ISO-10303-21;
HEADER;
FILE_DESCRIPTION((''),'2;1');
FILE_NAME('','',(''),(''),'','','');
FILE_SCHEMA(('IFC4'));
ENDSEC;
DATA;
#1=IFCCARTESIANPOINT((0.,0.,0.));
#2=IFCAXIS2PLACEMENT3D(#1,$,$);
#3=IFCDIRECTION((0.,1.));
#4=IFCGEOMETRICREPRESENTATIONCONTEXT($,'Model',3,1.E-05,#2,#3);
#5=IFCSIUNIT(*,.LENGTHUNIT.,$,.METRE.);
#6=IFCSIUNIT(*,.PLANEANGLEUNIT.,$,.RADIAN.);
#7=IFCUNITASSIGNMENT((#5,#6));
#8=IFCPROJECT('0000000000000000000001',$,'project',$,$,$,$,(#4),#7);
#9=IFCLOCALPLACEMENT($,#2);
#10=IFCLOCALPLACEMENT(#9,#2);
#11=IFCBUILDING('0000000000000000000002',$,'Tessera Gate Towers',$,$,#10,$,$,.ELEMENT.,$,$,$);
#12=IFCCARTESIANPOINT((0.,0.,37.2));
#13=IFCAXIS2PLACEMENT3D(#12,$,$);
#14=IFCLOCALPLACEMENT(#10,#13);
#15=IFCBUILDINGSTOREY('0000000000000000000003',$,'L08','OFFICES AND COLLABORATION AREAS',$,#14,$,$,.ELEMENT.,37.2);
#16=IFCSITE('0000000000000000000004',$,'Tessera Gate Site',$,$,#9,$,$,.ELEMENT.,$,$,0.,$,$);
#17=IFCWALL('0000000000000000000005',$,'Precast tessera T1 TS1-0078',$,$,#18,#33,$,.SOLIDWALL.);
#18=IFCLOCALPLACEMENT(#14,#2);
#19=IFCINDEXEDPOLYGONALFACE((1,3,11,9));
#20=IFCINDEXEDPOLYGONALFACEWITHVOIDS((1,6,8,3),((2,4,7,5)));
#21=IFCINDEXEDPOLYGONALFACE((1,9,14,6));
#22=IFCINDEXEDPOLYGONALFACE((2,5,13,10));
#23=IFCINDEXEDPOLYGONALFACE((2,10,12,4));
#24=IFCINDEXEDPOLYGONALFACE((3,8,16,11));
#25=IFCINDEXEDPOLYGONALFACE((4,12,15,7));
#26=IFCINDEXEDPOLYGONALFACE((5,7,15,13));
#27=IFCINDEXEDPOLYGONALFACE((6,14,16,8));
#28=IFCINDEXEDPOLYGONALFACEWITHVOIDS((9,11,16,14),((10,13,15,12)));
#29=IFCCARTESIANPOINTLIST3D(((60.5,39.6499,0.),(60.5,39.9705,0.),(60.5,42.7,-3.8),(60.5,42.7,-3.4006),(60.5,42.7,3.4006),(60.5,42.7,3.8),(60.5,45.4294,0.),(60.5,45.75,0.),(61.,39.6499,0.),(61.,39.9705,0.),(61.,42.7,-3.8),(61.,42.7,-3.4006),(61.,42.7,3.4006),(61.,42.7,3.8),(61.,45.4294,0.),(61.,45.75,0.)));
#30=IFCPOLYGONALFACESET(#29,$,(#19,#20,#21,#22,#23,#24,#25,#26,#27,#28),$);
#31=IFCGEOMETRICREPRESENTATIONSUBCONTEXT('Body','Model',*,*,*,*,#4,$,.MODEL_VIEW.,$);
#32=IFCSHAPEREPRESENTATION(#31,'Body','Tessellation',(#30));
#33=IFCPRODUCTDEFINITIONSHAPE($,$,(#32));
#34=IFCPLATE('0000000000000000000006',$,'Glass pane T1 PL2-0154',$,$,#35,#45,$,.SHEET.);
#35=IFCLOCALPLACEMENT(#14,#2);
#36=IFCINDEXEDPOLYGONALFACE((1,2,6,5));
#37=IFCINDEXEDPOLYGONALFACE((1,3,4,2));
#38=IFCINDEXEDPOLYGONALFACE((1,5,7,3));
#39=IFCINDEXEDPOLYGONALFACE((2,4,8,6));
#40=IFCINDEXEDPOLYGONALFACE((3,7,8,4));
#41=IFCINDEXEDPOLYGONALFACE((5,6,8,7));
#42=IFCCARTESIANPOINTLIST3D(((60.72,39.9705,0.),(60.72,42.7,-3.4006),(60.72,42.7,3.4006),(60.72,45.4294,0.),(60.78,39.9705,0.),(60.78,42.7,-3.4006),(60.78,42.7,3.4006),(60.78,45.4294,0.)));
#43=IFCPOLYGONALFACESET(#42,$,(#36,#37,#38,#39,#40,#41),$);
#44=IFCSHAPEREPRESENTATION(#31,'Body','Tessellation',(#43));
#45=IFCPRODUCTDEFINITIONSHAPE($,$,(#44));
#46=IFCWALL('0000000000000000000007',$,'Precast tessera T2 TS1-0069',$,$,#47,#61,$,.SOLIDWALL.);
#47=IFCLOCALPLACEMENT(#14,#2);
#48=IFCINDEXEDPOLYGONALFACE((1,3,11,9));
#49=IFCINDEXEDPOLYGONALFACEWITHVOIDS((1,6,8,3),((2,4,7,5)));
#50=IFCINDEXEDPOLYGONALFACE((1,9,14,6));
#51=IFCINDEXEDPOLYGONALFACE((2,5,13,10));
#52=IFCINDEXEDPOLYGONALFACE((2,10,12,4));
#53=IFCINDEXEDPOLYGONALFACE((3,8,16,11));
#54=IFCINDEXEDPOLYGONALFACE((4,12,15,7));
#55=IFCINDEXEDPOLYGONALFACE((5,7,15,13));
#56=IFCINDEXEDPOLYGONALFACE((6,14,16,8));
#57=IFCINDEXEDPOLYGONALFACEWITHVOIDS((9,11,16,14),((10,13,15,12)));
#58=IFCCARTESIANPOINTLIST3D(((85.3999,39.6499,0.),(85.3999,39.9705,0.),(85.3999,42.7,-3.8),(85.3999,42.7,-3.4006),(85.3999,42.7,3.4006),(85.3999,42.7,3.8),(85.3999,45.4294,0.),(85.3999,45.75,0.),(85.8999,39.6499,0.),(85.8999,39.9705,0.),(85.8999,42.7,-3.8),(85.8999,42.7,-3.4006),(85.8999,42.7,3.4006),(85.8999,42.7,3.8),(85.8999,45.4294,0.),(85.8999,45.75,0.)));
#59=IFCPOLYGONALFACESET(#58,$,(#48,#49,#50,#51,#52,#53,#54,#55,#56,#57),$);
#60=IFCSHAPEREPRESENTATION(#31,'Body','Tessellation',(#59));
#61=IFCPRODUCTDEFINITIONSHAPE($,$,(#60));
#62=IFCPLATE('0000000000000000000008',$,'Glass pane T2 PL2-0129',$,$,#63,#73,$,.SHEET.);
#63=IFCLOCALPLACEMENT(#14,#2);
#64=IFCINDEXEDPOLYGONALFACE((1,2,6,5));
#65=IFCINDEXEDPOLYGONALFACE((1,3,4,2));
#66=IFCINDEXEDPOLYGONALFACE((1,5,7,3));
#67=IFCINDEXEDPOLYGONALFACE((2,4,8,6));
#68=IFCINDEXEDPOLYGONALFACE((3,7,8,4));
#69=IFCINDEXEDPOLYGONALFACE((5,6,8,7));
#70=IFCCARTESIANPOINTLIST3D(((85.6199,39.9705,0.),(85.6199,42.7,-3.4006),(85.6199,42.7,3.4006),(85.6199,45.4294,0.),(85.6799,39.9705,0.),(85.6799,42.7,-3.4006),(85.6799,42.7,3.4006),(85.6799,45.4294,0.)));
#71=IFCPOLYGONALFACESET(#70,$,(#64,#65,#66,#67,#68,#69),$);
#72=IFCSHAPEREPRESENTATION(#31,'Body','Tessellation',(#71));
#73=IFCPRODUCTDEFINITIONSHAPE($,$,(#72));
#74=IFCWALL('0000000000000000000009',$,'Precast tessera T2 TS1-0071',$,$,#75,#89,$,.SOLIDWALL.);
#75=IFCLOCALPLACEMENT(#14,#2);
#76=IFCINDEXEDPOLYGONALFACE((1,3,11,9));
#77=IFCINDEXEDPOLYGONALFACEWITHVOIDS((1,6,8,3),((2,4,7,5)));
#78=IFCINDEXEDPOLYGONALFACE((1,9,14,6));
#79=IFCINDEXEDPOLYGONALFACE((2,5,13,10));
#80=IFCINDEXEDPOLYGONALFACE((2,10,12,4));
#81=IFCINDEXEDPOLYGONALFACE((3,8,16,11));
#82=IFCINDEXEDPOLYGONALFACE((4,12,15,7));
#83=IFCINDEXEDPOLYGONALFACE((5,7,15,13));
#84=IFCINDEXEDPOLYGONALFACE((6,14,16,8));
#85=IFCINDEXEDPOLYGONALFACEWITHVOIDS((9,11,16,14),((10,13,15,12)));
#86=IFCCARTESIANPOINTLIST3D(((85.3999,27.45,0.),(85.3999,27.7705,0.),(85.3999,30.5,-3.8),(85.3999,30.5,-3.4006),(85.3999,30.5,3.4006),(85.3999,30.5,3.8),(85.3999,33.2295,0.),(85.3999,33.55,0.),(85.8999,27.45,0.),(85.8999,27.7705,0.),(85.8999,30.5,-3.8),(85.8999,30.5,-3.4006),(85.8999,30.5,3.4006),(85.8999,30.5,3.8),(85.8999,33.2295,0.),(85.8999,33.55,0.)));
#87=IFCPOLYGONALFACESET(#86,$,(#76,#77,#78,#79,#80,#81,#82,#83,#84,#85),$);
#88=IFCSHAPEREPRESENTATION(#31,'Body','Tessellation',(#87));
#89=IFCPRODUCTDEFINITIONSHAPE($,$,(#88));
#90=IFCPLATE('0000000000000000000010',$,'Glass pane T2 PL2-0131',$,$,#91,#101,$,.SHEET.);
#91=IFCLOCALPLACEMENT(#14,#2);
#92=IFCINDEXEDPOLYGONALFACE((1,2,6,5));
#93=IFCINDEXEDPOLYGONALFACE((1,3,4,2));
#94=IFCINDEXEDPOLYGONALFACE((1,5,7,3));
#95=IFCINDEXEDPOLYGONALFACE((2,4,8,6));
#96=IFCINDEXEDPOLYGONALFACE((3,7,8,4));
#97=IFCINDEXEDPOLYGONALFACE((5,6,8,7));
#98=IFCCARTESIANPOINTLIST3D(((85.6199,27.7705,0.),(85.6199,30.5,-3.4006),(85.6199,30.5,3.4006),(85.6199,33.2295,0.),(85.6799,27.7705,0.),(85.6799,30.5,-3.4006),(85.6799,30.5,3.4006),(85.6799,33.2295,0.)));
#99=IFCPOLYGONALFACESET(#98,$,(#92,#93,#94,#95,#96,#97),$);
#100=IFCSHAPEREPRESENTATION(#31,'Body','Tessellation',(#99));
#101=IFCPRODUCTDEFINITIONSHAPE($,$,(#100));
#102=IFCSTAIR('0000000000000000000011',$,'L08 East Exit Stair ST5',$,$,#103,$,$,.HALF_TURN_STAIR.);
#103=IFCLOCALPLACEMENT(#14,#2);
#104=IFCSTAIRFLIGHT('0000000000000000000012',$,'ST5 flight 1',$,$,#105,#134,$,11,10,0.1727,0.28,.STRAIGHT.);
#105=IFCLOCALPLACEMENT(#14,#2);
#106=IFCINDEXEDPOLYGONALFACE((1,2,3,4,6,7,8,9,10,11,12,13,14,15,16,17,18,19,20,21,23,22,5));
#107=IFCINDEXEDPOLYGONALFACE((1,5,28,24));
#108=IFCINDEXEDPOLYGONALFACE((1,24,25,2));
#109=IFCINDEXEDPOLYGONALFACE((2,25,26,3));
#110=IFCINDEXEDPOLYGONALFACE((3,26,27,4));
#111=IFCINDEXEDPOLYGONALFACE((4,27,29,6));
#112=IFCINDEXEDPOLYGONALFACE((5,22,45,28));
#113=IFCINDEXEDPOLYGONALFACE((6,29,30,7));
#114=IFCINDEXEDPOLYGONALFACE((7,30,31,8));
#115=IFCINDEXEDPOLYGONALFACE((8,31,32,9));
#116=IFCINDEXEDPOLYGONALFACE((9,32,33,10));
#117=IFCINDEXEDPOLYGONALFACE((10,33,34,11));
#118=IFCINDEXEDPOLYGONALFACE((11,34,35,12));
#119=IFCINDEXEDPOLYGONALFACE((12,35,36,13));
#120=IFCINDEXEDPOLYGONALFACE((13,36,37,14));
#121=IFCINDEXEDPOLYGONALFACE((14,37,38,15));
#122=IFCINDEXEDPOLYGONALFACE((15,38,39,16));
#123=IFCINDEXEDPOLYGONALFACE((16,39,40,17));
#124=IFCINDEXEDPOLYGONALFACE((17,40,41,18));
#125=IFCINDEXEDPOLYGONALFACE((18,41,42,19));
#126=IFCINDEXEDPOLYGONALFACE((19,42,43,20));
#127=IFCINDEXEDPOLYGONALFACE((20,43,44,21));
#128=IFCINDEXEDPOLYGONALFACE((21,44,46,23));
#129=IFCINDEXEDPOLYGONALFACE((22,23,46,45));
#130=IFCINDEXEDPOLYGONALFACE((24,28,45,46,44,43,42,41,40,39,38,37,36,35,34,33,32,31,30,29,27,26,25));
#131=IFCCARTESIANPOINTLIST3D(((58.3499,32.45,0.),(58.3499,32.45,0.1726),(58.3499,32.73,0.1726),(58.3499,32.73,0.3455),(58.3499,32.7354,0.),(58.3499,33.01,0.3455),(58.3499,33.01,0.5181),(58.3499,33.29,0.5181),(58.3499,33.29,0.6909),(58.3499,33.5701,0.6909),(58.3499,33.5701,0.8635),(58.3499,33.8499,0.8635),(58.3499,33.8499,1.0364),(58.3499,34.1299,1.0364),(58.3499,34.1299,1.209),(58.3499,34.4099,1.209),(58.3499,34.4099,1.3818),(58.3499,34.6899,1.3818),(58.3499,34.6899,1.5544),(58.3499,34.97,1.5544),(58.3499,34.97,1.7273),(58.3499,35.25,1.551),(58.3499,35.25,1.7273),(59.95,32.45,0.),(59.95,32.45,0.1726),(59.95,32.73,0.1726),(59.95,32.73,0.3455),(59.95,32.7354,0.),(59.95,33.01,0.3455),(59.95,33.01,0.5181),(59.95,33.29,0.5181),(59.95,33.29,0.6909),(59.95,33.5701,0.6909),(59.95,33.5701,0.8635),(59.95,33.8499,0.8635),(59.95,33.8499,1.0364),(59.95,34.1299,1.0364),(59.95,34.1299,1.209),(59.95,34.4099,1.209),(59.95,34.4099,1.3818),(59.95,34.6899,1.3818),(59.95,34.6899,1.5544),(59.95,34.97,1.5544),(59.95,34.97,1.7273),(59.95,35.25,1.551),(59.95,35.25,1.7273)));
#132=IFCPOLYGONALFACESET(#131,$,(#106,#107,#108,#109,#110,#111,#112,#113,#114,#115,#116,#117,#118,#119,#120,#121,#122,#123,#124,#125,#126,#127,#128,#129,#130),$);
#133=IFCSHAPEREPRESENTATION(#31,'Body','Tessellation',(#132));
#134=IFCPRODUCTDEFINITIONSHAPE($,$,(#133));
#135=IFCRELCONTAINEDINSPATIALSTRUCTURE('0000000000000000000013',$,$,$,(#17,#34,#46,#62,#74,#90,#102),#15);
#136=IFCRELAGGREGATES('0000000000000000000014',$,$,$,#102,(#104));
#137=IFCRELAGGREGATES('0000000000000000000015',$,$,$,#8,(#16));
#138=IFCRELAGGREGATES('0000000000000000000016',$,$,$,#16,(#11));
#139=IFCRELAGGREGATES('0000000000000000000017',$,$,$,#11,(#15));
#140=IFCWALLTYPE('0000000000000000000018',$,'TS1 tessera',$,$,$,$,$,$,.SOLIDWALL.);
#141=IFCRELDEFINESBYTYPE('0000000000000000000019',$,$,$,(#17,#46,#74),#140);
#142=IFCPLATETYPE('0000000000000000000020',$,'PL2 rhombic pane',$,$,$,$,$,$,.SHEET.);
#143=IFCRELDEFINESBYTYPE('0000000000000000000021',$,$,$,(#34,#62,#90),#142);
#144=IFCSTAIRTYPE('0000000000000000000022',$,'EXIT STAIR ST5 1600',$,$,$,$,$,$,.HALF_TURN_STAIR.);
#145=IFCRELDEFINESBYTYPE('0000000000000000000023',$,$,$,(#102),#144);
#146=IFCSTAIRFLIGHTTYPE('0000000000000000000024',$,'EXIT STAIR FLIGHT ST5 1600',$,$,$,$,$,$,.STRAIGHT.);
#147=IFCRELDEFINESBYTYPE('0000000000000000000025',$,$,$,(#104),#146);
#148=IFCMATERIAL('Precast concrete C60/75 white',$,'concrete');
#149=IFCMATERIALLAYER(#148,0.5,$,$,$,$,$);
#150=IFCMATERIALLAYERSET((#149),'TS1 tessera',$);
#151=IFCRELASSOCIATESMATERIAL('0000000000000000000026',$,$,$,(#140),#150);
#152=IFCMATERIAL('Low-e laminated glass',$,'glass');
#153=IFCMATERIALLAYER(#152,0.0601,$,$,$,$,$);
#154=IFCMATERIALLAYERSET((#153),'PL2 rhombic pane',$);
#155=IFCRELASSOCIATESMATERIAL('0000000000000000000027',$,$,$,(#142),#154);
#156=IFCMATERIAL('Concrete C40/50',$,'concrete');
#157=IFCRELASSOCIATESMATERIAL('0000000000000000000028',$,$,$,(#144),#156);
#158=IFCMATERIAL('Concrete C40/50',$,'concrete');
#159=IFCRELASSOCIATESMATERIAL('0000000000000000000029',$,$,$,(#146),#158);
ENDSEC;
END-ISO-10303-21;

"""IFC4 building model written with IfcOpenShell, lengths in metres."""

from ifc_helpers import new_model, si_unit, direction, frame, origin, place, context, subcontext, project, spatial, polyline, outline, extrude, source, transform, mapped, material, layer, layer_set, type_object, element, fill, aggregate, save


model = new_model("IFC4")

# Units and contexts
model_context = context("Model", 3, precision=1e-05, world=origin(), true_north=direction((0.0, 1.0)))
body_context = subcontext(model_context, "Body", "Model", "MODEL_VIEW")
ifc_project = project(units=[si_unit("LENGTHUNIT", "METRE"), si_unit("PLANEANGLEUNIT", "RADIAN")], contexts=[model_context])

# Site, building, storey
site_placement = place(None, origin())
site = spatial("IfcSite", under=ifc_project, at=site_placement, Name="Tessera Gate Site", CompositionType="ELEMENT", RefElevation=0.0)
building_placement = place(site_placement, origin())
building = spatial("IfcBuilding", under=site, at=building_placement, Name="Tessera Gate Towers", CompositionType="ELEMENT")
storey_placement = place(building_placement, frame((0.0, 0.0, 37.2)))
storey = spatial("IfcBuildingStorey", under=building, at=storey_placement, Name="L08", Description="OFFICES AND COLLABORATION AREAS", CompositionType="ELEMENT", Elevation=37.2)

# Walls, openings, plates
ifc_material_1 = material(Name="Precast concrete C60/75 white", Category="concrete")
ifc_layer_1 = layer(ifc_material_1, 0.5)
ifc_layer_set_1 = layer_set([ifc_layer_1], Name="TS1 tessera")
wall_type_1 = type_object("IfcWallType", Name="TS1 tessera", PredefinedType="SOLIDWALL", material=ifc_layer_set_1)
shared_shape_1 = source(origin(), body_context, "Body", "SweptSolid", [
    extrude(outline(polyline([(3.05, 0.0), (6.1001, 3.8), (3.05, 7.6001), (0.0, 3.8), (3.05, 0.0)])), frame((0.0, 0.25, 0.0), z_axis=(0.0, -1.0, 0.0), x_axis=(1.0, 0.0, 0.0)), (0.0, 0.0, 1.0), 0.5),
])
wall_1_placement = place(storey_placement, frame((60.75, 39.6499, -3.8), z_axis=(0.0, 0.0, 1.0), x_axis=(0.0, 1.0, 0.0)))
wall_1 = element("IfcWall", 1, at=wall_1_placement, inside=storey, type_object=wall_type_1, Name="Precast tessera T1 TS1-0078", PredefinedType="SOLIDWALL", context=body_context, shape_type="MappedRepresentation", body=[
    mapped(shared_shape_1, transform((0.0, 0.0, 0.0), scale=1.0)),
])
shared_shape_2 = source(origin(), body_context, "Body", "SweptSolid", [
    extrude(outline(polyline([(3.05, 0.3994), (5.7795, 3.8), (3.05, 7.2007), (0.3206, 3.8), (3.05, 0.3994)])), frame((0.0, 0.26, 0.0), z_axis=(0.0, -1.0, 0.0), x_axis=(1.0, 0.0, 0.0)), (0.0, 0.0, 1.0), 0.52),
])
opening_1_placement = place(wall_1_placement, origin())
opening_1 = element("IfcOpeningElement", 2, at=opening_1_placement, cuts=wall_1, PredefinedType="OPENING", context=body_context, shape_type="MappedRepresentation", body=[
    mapped(shared_shape_2, transform((0.0, 0.0, 0.0), scale=1.0)),
])
ifc_material_2 = material(Name="Low-e laminated glass", Category="glass")
ifc_layer_2 = layer(ifc_material_2, 0.0601)
ifc_layer_set_2 = layer_set([ifc_layer_2], Name="PL2 rhombic pane")
plate_type = type_object("IfcPlateType", Name="PL2 rhombic pane", PredefinedType="SHEET", material=ifc_layer_set_2)
shared_shape_3 = source(origin(), body_context, "Body", "SweptSolid", [
    extrude(outline(polyline([(3.05, 0.3994), (5.7795, 3.8), (3.05, 7.2007), (0.3206, 3.8), (3.05, 0.3994)])), frame((0.0, 0.03, 0.0), z_axis=(0.0, -1.0, 0.0), x_axis=(1.0, 0.0, 0.0)), (0.0, 0.0, 1.0), 0.0601),
])
plate_1_placement = place(opening_1_placement, origin())
plate_1 = element("IfcPlate", 3, at=plate_1_placement, inside=storey, type_object=plate_type, Name="Glass pane T1 PL2-0154", PredefinedType="SHEET", context=body_context, shape_type="MappedRepresentation", body=[
    mapped(shared_shape_3, transform((0.0, 0.0, 0.0), scale=1.0)),
])
fill(opening_1, plate_1)
wall_2_placement = place(storey_placement, frame((85.6499, 45.75, -3.8), z_axis=(0.0, 0.0, 1.0), x_axis=(0.0, -1.0, 0.0)))
wall_2 = element("IfcWall", 4, at=wall_2_placement, inside=storey, type_object=wall_type_1, Name="Precast tessera T2 TS1-0069", PredefinedType="SOLIDWALL", context=body_context, shape_type="MappedRepresentation", body=[
    mapped(shared_shape_1, transform((0.0, 0.0, 0.0), scale=1.0)),
])
opening_2_placement = place(wall_2_placement, origin())
opening_2 = element("IfcOpeningElement", 5, at=opening_2_placement, cuts=wall_2, PredefinedType="OPENING", context=body_context, shape_type="MappedRepresentation", body=[
    mapped(shared_shape_2, transform((0.0, 0.0, 0.0), scale=1.0)),
])
plate_2_placement = place(opening_2_placement, origin())
plate_2 = element("IfcPlate", 6, at=plate_2_placement, inside=storey, type_object=plate_type, Name="Glass pane T2 PL2-0129", PredefinedType="SHEET", context=body_context, shape_type="MappedRepresentation", body=[
    mapped(shared_shape_3, transform((0.0, 0.0, 0.0), scale=1.0)),
])
fill(opening_2, plate_2)
wall_3_placement = place(storey_placement, frame((85.6499, 33.55, -3.8), z_axis=(0.0, 0.0, 1.0), x_axis=(0.0, -1.0, 0.0)))
wall_3 = element("IfcWall", 7, at=wall_3_placement, inside=storey, type_object=wall_type_1, Name="Precast tessera T2 TS1-0071", PredefinedType="SOLIDWALL", context=body_context, shape_type="MappedRepresentation", body=[
    mapped(shared_shape_1, transform((0.0, 0.0, 0.0), scale=1.0)),
])
opening_3_placement = place(wall_3_placement, origin())
opening_3 = element("IfcOpeningElement", 8, at=opening_3_placement, cuts=wall_3, PredefinedType="OPENING", context=body_context, shape_type="MappedRepresentation", body=[
    mapped(shared_shape_2, transform((0.0, 0.0, 0.0), scale=1.0)),
])
plate_3_placement = place(opening_3_placement, origin())
plate_3 = element("IfcPlate", 9, at=plate_3_placement, inside=storey, type_object=plate_type, Name="Glass pane T2 PL2-0131", PredefinedType="SHEET", context=body_context, shape_type="MappedRepresentation", body=[
    mapped(shared_shape_3, transform((0.0, 0.0, 0.0), scale=1.0)),
])
fill(opening_3, plate_3)

# Stair, stair flight
ifc_material_3 = material(Name="Concrete C40/50", Category="concrete")
stair_type = type_object("IfcStairType", Name="EXIT STAIR ST5 1600", PredefinedType="HALF_TURN_STAIR", material=ifc_material_3)
stair_placement = place(storey_placement, origin())
stair = element("IfcStair", 10, at=stair_placement, inside=storey, type_object=stair_type, Name="L08 East Exit Stair ST5", PredefinedType="HALF_TURN_STAIR")
ifc_material_4 = material(Name="Concrete C40/50", Category="concrete")
stair_flight_type = type_object("IfcStairFlightType", Name="EXIT STAIR FLIGHT ST5 1600", PredefinedType="STRAIGHT", material=ifc_material_4)
stair_flight_placement = place(storey_placement, frame((59.1499, 32.45, 0.0), z_axis=(0.0, 0.0, 1.0), x_axis=(0.0, 1.0, 0.0)))
stair_flight = element("IfcStairFlight", 11, at=stair_flight_placement, type_object=stair_flight_type, Name="ST5 flight 1", NumberOfRisers=11, NumberOfTreads=10, PredefinedType="STRAIGHT", RiserHeight=0.1727, TreadLength=0.28, context=body_context, shape_type="SweptSolid", body=[
    extrude(outline(polyline([(0.0, 0.0), (0.0, 0.1726), (0.28, 0.1726), (0.28, 0.3455), (0.5601, 0.3455), (0.5601, 0.5181), (0.8401, 0.5181), (0.8401, 0.6909), (1.1201, 0.6909), (1.1201, 0.8635), (1.3999, 0.8635), (1.3999, 1.0364), (1.6799, 1.0364), (1.6799, 1.209), (1.96, 1.209), (1.96, 1.3818), (2.24, 1.3818), (2.24, 1.5544), (2.52, 1.5544), (2.52, 1.7273), (2.8, 1.7273), (2.8, 1.8999), (2.8, 1.551), (0.2854, 0.0), (0.0, 0.0)])), frame((0.0, 0.8, 0.0), z_axis=(0.0, -1.0, 0.0), x_axis=(1.0, 0.0, 0.0)), (0.0, 0.0, 1.0), 1.6001),
])
aggregate(stair, [stair_flight])

save(model, "model.ifc")
